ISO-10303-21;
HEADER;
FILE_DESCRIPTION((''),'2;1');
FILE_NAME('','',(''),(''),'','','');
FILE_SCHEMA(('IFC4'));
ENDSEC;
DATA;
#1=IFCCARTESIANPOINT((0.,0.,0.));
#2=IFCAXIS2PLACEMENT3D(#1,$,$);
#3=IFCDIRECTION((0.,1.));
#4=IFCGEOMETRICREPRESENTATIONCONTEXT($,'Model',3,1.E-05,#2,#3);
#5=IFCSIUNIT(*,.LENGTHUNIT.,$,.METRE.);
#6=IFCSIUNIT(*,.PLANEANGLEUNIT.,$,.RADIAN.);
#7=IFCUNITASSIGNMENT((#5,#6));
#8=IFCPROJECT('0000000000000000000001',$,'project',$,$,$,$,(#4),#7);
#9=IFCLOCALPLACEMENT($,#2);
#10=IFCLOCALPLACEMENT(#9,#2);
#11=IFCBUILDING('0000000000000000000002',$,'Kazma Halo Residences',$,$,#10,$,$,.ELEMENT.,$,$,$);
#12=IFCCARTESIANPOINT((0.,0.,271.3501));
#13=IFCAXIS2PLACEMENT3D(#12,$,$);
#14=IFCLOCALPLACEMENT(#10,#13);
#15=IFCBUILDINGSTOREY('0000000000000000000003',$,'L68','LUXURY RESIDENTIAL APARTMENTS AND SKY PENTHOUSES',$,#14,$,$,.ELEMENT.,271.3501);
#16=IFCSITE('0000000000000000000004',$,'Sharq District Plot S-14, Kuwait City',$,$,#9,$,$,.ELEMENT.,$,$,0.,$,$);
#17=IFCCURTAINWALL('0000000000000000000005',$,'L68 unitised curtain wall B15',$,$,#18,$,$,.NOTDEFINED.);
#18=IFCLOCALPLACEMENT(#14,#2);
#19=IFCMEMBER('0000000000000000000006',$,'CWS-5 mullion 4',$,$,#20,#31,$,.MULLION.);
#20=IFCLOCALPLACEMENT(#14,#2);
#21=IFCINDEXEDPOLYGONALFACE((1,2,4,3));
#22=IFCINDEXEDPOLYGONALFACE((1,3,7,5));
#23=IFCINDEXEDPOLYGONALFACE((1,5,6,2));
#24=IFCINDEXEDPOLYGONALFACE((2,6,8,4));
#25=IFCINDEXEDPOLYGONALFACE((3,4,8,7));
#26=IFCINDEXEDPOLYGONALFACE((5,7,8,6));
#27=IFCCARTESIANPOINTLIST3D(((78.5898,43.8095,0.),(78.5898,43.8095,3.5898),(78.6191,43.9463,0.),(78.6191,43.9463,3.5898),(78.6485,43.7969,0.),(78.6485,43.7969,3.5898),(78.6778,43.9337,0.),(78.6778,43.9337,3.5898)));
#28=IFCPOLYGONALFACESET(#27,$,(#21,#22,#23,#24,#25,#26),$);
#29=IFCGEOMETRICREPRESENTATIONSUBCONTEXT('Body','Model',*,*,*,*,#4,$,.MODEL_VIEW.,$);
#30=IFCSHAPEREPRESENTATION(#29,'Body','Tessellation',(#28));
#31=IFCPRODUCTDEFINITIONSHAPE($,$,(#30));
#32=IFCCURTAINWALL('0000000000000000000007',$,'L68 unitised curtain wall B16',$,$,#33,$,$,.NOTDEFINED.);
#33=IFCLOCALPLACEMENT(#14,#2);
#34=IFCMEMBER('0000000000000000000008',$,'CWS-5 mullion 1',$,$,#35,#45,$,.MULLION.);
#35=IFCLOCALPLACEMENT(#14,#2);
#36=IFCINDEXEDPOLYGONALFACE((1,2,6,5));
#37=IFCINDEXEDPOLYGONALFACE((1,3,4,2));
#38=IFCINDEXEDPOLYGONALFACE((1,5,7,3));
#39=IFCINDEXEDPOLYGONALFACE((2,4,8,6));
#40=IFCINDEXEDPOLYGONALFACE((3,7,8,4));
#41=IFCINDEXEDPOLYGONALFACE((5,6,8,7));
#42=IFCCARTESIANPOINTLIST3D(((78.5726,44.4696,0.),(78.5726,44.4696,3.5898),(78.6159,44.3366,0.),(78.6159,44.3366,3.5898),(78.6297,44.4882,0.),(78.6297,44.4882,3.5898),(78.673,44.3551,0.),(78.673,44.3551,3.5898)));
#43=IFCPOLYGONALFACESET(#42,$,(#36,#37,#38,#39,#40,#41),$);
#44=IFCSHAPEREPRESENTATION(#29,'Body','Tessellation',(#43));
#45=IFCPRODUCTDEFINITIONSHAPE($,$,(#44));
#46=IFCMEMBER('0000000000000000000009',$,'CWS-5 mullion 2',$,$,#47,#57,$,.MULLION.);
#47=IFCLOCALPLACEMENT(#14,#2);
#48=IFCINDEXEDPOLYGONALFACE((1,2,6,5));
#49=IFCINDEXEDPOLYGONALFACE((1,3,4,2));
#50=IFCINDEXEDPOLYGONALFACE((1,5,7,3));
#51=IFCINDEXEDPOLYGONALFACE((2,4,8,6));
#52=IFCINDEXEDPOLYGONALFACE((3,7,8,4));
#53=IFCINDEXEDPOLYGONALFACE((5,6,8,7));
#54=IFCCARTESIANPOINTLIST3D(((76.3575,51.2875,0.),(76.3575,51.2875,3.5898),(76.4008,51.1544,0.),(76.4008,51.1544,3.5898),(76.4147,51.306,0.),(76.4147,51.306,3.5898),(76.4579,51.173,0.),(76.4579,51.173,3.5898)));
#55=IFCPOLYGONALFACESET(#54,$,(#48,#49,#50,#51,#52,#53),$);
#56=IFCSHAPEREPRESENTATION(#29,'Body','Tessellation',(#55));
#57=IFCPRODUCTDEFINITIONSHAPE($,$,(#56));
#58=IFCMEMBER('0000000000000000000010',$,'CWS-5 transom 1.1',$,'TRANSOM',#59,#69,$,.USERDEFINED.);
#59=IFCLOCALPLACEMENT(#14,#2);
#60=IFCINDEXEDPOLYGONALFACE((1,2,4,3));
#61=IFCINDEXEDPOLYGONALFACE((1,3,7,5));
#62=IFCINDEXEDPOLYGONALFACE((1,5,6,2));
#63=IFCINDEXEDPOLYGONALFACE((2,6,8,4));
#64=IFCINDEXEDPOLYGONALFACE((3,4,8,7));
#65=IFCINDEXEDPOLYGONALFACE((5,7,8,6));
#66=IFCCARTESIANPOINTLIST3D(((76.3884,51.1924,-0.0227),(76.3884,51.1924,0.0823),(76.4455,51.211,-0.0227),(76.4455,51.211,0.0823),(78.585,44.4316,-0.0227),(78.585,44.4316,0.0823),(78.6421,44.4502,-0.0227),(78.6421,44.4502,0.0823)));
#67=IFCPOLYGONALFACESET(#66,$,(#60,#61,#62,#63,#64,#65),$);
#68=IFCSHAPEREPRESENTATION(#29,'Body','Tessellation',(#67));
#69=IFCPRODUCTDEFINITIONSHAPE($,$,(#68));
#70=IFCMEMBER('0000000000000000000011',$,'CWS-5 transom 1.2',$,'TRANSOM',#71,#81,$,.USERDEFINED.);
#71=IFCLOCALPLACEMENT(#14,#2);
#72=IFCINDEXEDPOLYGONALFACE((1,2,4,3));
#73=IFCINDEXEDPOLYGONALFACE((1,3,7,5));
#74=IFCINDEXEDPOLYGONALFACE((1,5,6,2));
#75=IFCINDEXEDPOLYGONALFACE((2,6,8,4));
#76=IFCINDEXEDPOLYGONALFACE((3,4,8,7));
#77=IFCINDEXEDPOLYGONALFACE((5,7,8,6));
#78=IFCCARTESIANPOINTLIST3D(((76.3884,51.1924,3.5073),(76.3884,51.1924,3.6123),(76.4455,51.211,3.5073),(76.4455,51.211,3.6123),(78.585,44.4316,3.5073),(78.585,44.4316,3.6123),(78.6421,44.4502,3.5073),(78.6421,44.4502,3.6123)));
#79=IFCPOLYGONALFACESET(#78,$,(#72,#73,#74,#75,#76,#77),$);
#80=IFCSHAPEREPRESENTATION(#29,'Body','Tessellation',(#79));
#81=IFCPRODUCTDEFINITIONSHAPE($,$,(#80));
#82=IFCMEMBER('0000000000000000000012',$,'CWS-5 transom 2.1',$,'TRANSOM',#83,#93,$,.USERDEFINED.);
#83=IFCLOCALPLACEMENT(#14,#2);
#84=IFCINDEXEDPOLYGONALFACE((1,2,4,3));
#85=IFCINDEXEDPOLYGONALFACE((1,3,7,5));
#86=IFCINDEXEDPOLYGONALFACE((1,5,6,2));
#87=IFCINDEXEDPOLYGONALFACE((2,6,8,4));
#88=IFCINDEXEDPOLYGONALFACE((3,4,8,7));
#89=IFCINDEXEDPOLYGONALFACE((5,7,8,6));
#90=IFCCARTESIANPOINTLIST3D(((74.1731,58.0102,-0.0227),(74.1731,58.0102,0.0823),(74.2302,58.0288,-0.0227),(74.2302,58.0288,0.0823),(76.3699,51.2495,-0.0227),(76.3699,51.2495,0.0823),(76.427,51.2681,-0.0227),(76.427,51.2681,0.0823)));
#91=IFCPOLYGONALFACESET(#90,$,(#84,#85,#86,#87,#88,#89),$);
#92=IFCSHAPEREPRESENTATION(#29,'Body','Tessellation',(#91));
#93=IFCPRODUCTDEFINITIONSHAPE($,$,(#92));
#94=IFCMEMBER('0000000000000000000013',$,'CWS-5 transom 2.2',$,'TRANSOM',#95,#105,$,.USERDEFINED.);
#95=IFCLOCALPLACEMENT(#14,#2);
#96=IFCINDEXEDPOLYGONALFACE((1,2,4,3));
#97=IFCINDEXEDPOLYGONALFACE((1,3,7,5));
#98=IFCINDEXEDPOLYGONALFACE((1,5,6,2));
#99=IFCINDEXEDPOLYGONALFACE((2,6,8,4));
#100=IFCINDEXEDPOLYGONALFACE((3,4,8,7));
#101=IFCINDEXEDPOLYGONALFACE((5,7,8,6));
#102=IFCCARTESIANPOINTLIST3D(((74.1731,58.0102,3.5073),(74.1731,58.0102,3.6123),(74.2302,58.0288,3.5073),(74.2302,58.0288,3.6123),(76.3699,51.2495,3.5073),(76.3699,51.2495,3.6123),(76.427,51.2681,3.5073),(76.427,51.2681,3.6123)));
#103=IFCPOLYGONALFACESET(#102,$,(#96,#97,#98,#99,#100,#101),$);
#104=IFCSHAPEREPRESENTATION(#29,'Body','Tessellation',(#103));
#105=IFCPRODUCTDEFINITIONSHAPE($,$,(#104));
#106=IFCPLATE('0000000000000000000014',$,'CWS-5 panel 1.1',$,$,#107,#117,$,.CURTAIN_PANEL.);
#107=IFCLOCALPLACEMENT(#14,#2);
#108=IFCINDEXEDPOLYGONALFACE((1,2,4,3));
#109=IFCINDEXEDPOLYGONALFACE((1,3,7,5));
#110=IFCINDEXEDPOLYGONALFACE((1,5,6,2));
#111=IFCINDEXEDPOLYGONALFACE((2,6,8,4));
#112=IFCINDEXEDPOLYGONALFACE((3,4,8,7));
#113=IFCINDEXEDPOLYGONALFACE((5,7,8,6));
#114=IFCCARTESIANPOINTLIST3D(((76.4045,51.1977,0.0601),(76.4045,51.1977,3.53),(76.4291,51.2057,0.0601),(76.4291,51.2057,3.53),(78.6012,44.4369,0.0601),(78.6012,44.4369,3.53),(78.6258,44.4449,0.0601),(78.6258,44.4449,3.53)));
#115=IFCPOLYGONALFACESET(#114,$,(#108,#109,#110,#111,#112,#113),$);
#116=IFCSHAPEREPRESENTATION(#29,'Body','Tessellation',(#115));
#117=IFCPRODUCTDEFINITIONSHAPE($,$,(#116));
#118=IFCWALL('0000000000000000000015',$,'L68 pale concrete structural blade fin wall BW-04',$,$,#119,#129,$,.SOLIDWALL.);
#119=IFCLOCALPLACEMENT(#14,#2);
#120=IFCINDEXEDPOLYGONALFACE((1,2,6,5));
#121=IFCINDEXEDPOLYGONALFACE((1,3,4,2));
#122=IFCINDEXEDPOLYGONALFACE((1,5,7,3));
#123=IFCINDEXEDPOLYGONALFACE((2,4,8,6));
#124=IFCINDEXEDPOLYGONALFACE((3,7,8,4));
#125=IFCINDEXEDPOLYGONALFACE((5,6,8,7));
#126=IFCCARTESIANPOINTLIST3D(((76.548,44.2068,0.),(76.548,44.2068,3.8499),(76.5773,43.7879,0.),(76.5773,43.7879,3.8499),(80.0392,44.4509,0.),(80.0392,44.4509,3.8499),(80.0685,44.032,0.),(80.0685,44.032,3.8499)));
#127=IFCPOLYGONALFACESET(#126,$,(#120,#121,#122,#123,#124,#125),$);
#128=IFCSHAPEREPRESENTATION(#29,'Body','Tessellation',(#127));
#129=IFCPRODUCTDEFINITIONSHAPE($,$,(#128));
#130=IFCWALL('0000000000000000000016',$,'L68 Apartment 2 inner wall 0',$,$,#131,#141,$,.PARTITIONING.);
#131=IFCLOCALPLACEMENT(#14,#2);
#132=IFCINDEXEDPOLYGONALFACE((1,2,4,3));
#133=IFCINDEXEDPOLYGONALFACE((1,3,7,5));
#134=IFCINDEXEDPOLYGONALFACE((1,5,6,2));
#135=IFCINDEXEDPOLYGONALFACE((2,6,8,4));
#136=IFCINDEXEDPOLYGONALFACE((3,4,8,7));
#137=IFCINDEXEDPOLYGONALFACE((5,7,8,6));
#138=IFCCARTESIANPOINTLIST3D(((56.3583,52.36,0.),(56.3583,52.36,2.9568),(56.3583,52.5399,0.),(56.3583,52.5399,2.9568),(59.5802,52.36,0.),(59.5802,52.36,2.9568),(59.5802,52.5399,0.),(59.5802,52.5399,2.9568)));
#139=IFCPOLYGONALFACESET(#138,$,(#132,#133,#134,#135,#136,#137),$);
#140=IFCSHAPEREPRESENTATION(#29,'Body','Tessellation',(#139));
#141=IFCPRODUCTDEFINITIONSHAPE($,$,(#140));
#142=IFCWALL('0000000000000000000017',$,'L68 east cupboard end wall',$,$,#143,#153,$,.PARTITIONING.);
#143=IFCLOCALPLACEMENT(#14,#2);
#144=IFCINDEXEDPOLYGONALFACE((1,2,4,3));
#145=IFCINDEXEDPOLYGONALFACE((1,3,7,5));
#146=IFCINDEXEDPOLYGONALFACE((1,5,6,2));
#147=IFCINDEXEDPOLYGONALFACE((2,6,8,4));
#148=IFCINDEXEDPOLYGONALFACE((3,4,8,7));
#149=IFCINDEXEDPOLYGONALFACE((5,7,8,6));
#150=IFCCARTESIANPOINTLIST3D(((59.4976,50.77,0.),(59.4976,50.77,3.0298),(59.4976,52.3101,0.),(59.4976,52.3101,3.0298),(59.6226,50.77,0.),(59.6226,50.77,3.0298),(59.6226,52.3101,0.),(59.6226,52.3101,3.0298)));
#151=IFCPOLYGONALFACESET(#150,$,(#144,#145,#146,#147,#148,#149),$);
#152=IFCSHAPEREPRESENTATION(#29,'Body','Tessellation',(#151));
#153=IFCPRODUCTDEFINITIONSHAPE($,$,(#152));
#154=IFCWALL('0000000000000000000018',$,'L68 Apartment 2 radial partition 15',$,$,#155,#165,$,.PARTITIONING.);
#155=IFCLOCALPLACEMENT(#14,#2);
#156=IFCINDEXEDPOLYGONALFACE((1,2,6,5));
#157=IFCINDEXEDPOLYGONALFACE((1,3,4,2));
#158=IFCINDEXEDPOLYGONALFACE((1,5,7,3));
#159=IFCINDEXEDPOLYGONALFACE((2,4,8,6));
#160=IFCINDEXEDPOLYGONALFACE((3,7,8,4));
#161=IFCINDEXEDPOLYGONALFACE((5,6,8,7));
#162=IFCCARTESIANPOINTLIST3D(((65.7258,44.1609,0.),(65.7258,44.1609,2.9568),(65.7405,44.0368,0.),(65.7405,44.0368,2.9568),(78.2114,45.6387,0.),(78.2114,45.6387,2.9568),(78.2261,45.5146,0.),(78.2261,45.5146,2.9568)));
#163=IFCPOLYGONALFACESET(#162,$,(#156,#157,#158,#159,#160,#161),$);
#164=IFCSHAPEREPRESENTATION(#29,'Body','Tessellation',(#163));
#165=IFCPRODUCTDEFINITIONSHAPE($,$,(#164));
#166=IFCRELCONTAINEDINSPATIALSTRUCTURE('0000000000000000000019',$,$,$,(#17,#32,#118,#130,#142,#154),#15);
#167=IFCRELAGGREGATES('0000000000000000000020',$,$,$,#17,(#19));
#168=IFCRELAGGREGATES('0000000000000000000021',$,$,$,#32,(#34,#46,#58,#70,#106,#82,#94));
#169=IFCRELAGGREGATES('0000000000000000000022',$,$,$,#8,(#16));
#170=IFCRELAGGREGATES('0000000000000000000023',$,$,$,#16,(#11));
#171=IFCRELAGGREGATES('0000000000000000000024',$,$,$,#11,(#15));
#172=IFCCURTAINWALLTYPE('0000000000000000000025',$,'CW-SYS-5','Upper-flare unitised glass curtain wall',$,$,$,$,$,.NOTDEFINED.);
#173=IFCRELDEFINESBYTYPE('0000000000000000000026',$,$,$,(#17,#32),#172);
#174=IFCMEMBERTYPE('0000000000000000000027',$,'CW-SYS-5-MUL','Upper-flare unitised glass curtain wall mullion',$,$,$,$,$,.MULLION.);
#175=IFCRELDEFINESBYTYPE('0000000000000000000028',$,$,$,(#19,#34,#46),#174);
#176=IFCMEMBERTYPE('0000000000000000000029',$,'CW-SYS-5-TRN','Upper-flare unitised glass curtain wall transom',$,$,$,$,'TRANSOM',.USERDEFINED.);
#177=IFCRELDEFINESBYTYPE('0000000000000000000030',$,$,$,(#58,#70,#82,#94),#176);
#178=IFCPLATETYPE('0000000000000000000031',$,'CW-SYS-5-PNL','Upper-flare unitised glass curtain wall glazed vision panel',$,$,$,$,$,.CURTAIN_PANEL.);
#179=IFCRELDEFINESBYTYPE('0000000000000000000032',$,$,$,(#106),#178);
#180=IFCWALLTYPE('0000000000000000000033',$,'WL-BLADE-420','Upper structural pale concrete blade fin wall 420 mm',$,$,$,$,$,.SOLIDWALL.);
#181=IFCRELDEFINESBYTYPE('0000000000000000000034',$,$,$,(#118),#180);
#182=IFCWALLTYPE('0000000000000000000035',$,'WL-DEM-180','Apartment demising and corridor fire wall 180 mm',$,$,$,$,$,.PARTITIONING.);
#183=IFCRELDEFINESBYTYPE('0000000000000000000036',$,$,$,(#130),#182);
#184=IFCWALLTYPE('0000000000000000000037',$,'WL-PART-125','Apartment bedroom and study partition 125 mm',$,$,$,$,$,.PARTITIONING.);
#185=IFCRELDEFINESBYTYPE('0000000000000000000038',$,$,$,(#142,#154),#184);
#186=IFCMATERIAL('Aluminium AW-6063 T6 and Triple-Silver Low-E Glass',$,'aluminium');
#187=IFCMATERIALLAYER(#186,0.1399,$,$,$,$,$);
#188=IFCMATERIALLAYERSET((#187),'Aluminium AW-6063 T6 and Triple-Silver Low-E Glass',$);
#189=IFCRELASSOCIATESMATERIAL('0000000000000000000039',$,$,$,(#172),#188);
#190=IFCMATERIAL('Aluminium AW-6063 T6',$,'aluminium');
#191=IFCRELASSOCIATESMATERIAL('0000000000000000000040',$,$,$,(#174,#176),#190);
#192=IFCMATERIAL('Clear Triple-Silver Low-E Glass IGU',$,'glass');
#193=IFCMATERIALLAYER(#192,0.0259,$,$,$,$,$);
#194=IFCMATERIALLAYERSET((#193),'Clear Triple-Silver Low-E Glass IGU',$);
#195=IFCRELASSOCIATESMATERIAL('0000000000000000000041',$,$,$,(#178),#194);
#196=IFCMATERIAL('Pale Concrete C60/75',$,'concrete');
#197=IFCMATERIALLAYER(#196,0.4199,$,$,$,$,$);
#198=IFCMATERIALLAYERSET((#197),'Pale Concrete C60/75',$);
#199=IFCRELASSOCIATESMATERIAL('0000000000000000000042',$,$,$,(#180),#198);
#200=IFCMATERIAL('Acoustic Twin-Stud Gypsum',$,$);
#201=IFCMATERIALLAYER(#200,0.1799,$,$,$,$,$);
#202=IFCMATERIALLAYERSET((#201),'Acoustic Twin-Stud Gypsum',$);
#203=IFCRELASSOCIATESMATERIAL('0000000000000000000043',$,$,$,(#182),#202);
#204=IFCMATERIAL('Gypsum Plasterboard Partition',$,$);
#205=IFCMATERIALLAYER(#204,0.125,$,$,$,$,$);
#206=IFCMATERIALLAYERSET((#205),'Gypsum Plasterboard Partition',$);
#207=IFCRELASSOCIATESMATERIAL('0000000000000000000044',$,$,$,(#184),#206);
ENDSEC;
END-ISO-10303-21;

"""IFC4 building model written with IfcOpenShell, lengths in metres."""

from ifc_helpers import new_model, si_unit, direction, frame, frame_2d, origin, origin_2d, place, context, subcontext, project, spatial, rectangle, extrude, material, layer, layer_set, material_profile, profile_set, type_object, element, aggregate, save


model = new_model("IFC4")

# Units and contexts
model_context = context("Model", 3, precision=1e-05, world=origin(), true_north=direction((0.0, 1.0)))
body_context = subcontext(model_context, "Body", "Model", "MODEL_VIEW")
ifc_project = project(units=[si_unit("LENGTHUNIT", "METRE"), si_unit("PLANEANGLEUNIT", "RADIAN")], contexts=[model_context])

# Site, building, storey
site_placement = place(None, origin())
site = spatial("IfcSite", under=ifc_project, at=site_placement, Name="Sharq District Plot S-14, Kuwait City", CompositionType="ELEMENT", RefElevation=0.0)
building_placement = place(site_placement, origin())
building = spatial("IfcBuilding", under=site, at=building_placement, Name="Kazma Halo Residences", CompositionType="ELEMENT")
storey_placement = place(building_placement, frame((0.0, 0.0, 271.3501)))
storey = spatial("IfcBuildingStorey", under=building, at=storey_placement, Name="L68", Description="LUXURY RESIDENTIAL APARTMENTS AND SKY PENTHOUSES", CompositionType="ELEMENT", Elevation=271.3501)

# Curtain wall, member
ifc_material_1 = material(Name="Aluminium AW-6063 T6 and Triple-Silver Low-E Glass", Category="aluminium")
ifc_layer_1 = layer(ifc_material_1, 0.1399)
ifc_layer_set_1 = layer_set([ifc_layer_1], Name="Aluminium AW-6063 T6 and Triple-Silver Low-E Glass")
curtain_wall_type = type_object("IfcCurtainWallType", Name="CW-SYS-5", Description="Upper-flare unitised glass curtain wall", PredefinedType="NOTDEFINED", material=ifc_layer_set_1)
curtain_wall_1_placement = place(storey_placement, origin())
curtain_wall_1 = element("IfcCurtainWall", 1, at=curtain_wall_1_placement, inside=storey, type_object=curtain_wall_type, Name="L68 unitised curtain wall B15", PredefinedType="NOTDEFINED")
ifc_material_2 = material(Name="Aluminium AW-6063 T6", Category="aluminium")
ifc_material_profile_1 = material_profile(ifc_material_2, rectangle(XDim=0.0601, YDim=0.1399, at=origin_2d()), Name="CWM-60x140")
ifc_profile_set_1 = profile_set([ifc_material_profile_1], Name="Aluminium AW-6063 T6")
member_type_1 = type_object("IfcMemberType", Name="CW-SYS-5-MUL", Description="Upper-flare unitised glass curtain wall mullion", PredefinedType="MULLION", material=ifc_profile_set_1)
member_1_placement = place(storey_placement, frame((78.6338, 43.8716, 0.0), z_axis=(0.0, 0.0, 1.0), x_axis=(-0.977775, 0.209657, 0.0)))
member_1 = element("IfcMember", 2, at=member_1_placement, type_object=member_type_1, Name="CWS-5 mullion 4", PredefinedType="MULLION", context=body_context, shape_type="SweptSolid", body=[
    extrude(rectangle(XDim=0.0601, YDim=0.1399, at=origin_2d()), origin(), (0.0, 0.0, 1.0), 3.5898),
])
aggregate(curtain_wall_1, [member_1])

# Curtain wall, members, plate
curtain_wall_2_placement = place(storey_placement, origin())
curtain_wall_2 = element("IfcCurtainWall", 3, at=curtain_wall_2_placement, inside=storey, type_object=curtain_wall_type, Name="L68 unitised curtain wall B16", PredefinedType="NOTDEFINED")
member_2_placement = place(storey_placement, frame((78.6228, 44.4124, 0.0), z_axis=(0.0, 0.0, 1.0), x_axis=(-0.951058, -0.309011, 0.0)))
member_2 = element("IfcMember", 4, at=member_2_placement, type_object=member_type_1, Name="CWS-5 mullion 1", PredefinedType="MULLION", context=body_context, shape_type="SweptSolid", body=[
    extrude(rectangle(XDim=0.0601, YDim=0.1399, at=origin_2d()), origin(), (0.0, 0.0, 1.0), 3.5898),
])
member_3_placement = place(storey_placement, frame((76.4077, 51.2302, 0.0), z_axis=(0.0, 0.0, 1.0), x_axis=(-0.951058, -0.309011, 0.0)))
member_3 = element("IfcMember", 5, at=member_3_placement, type_object=member_type_1, Name="CWS-5 mullion 2", PredefinedType="MULLION", context=body_context, shape_type="SweptSolid", body=[
    extrude(rectangle(XDim=0.0601, YDim=0.1399, at=origin_2d()), origin(), (0.0, 0.0, 1.0), 3.5898),
])
ifc_material_profile_2 = material_profile(ifc_material_2, rectangle(XDim=0.0601, YDim=0.105, at=origin_2d()), Name="CWT-60x105")
ifc_profile_set_2 = profile_set([ifc_material_profile_2], Name="Aluminium AW-6063 T6")
member_type_2 = type_object("IfcMemberType", Name="CW-SYS-5-TRN", Description="Upper-flare unitised glass curtain wall transom", ElementType="TRANSOM", PredefinedType="USERDEFINED", material=ifc_profile_set_2)
member_4_placement = place(storey_placement, frame((78.6135, 44.4409, 0.0298), z_axis=(-0.308996, 0.951063, 0.0), x_axis=(-0.951063, -0.308996, 0.0)))
member_4 = element("IfcMember", 6, at=member_4_placement, type_object=member_type_2, Name="CWS-5 transom 1.1", ObjectType="TRANSOM", PredefinedType="USERDEFINED", context=body_context, shape_type="SweptSolid", body=[
    extrude(rectangle(XDim=0.0601, YDim=0.105, at=origin_2d()), origin(), (0.0, 0.0, 1.0), 7.1086),
])
member_5_placement = place(storey_placement, frame((78.6135, 44.4409, 3.5598), z_axis=(-0.308996, 0.951063, 0.0), x_axis=(-0.951063, -0.308996, 0.0)))
member_5 = element("IfcMember", 7, at=member_5_placement, type_object=member_type_2, Name="CWS-5 transom 1.2", ObjectType="TRANSOM", PredefinedType="USERDEFINED", context=body_context, shape_type="SweptSolid", body=[
    extrude(rectangle(XDim=0.0601, YDim=0.105, at=origin_2d()), origin(), (0.0, 0.0, 1.0), 7.1086),
])
member_6_placement = place(storey_placement, frame((76.3984, 51.2588, 0.0298), z_axis=(-0.309027, 0.951053, 0.0), x_axis=(-0.951053, -0.309027, 0.0)))
member_6 = element("IfcMember", 8, at=member_6_placement, type_object=member_type_2, Name="CWS-5 transom 2.1", ObjectType="TRANSOM", PredefinedType="USERDEFINED", context=body_context, shape_type="SweptSolid", body=[
    extrude(rectangle(XDim=0.0601, YDim=0.105, at=origin_2d()), origin(), (0.0, 0.0, 1.0), 7.1086),
])
member_7_placement = place(storey_placement, frame((76.3984, 51.2588, 3.5598), z_axis=(-0.309027, 0.951053, 0.0), x_axis=(-0.951053, -0.309027, 0.0)))
member_7 = element("IfcMember", 9, at=member_7_placement, type_object=member_type_2, Name="CWS-5 transom 2.2", ObjectType="TRANSOM", PredefinedType="USERDEFINED", context=body_context, shape_type="SweptSolid", body=[
    extrude(rectangle(XDim=0.0601, YDim=0.105, at=origin_2d()), origin(), (0.0, 0.0, 1.0), 7.1086),
])
ifc_material_3 = material(Name="Clear Triple-Silver Low-E Glass IGU", Category="glass")
ifc_layer_2 = layer(ifc_material_3, 0.0259)
ifc_layer_set_2 = layer_set([ifc_layer_2], Name="Clear Triple-Silver Low-E Glass IGU")
plate_type = type_object("IfcPlateType", Name="CW-SYS-5-PNL", Description="Upper-flare unitised glass curtain wall glazed vision panel", PredefinedType="CURTAIN_PANEL", material=ifc_layer_set_2)
plate_placement = place(storey_placement, frame((77.5151, 47.8213, 0.0601), z_axis=(0.0, 0.0, 1.0), x_axis=(-0.309011, 0.951058, 0.0)))
plate = element("IfcPlate", 10, at=plate_placement, type_object=plate_type, Name="CWS-5 panel 1.1", PredefinedType="CURTAIN_PANEL", context=body_context, shape_type="SweptSolid", body=[
    extrude(rectangle(XDim=7.1086, YDim=0.0259, at=origin_2d()), origin(), (0.0, 0.0, 1.0), 3.47),
])
aggregate(curtain_wall_2, [member_2, member_3, member_4, member_5, plate, member_6, member_7])

# Walls
ifc_material_4 = material(Name="Pale Concrete C60/75", Category="concrete")
ifc_layer_3 = layer(ifc_material_4, 0.4199)
ifc_layer_set_3 = layer_set([ifc_layer_3], Name="Pale Concrete C60/75")
wall_type_1 = type_object("IfcWallType", Name="WL-BLADE-420", Description="Upper structural pale concrete blade fin wall 420 mm", PredefinedType="SOLIDWALL", material=ifc_layer_set_3)
wall_1_placement = place(storey_placement, frame((76.5625, 43.9973, 0.0), z_axis=(0.0, 0.0, 1.0), x_axis=(0.997564, 0.06976, 0.0)))
element("IfcWall", 11, at=wall_1_placement, inside=storey, type_object=wall_type_1, Name="L68 pale concrete structural blade fin wall BW-04", PredefinedType="SOLIDWALL", context=body_context, shape_type="SweptSolid", body=[
    extrude(rectangle(XDim=3.4998, YDim=0.4199, at=frame_2d((1.75, 0.0))), origin(), (0.0, 0.0, 1.0), 3.8499),
])
ifc_material_5 = material(Name="Acoustic Twin-Stud Gypsum")
ifc_layer_4 = layer(ifc_material_5, 0.1799)
ifc_layer_set_4 = layer_set([ifc_layer_4], Name="Acoustic Twin-Stud Gypsum")
wall_type_2 = type_object("IfcWallType", Name="WL-DEM-180", Description="Apartment demising and corridor fire wall 180 mm", PredefinedType="PARTITIONING", material=ifc_layer_set_4)
wall_2_placement = place(storey_placement, frame((59.5801, 52.45, 0.0), z_axis=(0.0, 0.0, 1.0), x_axis=(-1.0, 0.0, 0.0)))
element("IfcWall", 12, at=wall_2_placement, inside=storey, type_object=wall_type_2, Name="L68 Apartment 2 inner wall 0", PredefinedType="PARTITIONING", context=body_context, shape_type="SweptSolid", body=[
    extrude(rectangle(XDim=3.2219, YDim=0.1799, at=frame_2d((1.6108, 0.0))), origin(), (0.0, 0.0, 1.0), 2.9568),
])
ifc_material_6 = material(Name="Gypsum Plasterboard Partition")
ifc_layer_5 = layer(ifc_material_6, 0.125)
ifc_layer_set_5 = layer_set([ifc_layer_5], Name="Gypsum Plasterboard Partition")
wall_type_3 = type_object("IfcWallType", Name="WL-PART-125", Description="Apartment bedroom and study partition 125 mm", PredefinedType="PARTITIONING", material=ifc_layer_set_5)
wall_3_placement = place(storey_placement, frame((59.5601, 50.77, 0.0), z_axis=(0.0, 0.0, 1.0), x_axis=(0.0, 1.0, 0.0)))
element("IfcWall", 13, at=wall_3_placement, inside=storey, type_object=wall_type_3, Name="L68 east cupboard end wall", PredefinedType="PARTITIONING", context=body_context, shape_type="SweptSolid", body=[
    extrude(rectangle(XDim=1.54, YDim=0.125, at=frame_2d((0.77, 0.0))), origin(), (0.0, 0.0, 1.0), 3.0298),
])
wall_4_placement = place(storey_placement, frame((65.7332, 44.0989, 0.0), z_axis=(0.0, 0.0, 1.0), x_axis=(0.993068, 0.117539, 0.0)))
element("IfcWall", 14, at=wall_4_placement, inside=storey, type_object=wall_type_3, Name="L68 Apartment 2 radial partition 15", PredefinedType="PARTITIONING", context=body_context, shape_type="SweptSolid", body=[
    extrude(rectangle(XDim=12.5728, YDim=0.125, at=frame_2d((6.2864, 0.0))), origin(), (0.0, 0.0, 1.0), 2.9568),
])

save(model, "model.ifc")
